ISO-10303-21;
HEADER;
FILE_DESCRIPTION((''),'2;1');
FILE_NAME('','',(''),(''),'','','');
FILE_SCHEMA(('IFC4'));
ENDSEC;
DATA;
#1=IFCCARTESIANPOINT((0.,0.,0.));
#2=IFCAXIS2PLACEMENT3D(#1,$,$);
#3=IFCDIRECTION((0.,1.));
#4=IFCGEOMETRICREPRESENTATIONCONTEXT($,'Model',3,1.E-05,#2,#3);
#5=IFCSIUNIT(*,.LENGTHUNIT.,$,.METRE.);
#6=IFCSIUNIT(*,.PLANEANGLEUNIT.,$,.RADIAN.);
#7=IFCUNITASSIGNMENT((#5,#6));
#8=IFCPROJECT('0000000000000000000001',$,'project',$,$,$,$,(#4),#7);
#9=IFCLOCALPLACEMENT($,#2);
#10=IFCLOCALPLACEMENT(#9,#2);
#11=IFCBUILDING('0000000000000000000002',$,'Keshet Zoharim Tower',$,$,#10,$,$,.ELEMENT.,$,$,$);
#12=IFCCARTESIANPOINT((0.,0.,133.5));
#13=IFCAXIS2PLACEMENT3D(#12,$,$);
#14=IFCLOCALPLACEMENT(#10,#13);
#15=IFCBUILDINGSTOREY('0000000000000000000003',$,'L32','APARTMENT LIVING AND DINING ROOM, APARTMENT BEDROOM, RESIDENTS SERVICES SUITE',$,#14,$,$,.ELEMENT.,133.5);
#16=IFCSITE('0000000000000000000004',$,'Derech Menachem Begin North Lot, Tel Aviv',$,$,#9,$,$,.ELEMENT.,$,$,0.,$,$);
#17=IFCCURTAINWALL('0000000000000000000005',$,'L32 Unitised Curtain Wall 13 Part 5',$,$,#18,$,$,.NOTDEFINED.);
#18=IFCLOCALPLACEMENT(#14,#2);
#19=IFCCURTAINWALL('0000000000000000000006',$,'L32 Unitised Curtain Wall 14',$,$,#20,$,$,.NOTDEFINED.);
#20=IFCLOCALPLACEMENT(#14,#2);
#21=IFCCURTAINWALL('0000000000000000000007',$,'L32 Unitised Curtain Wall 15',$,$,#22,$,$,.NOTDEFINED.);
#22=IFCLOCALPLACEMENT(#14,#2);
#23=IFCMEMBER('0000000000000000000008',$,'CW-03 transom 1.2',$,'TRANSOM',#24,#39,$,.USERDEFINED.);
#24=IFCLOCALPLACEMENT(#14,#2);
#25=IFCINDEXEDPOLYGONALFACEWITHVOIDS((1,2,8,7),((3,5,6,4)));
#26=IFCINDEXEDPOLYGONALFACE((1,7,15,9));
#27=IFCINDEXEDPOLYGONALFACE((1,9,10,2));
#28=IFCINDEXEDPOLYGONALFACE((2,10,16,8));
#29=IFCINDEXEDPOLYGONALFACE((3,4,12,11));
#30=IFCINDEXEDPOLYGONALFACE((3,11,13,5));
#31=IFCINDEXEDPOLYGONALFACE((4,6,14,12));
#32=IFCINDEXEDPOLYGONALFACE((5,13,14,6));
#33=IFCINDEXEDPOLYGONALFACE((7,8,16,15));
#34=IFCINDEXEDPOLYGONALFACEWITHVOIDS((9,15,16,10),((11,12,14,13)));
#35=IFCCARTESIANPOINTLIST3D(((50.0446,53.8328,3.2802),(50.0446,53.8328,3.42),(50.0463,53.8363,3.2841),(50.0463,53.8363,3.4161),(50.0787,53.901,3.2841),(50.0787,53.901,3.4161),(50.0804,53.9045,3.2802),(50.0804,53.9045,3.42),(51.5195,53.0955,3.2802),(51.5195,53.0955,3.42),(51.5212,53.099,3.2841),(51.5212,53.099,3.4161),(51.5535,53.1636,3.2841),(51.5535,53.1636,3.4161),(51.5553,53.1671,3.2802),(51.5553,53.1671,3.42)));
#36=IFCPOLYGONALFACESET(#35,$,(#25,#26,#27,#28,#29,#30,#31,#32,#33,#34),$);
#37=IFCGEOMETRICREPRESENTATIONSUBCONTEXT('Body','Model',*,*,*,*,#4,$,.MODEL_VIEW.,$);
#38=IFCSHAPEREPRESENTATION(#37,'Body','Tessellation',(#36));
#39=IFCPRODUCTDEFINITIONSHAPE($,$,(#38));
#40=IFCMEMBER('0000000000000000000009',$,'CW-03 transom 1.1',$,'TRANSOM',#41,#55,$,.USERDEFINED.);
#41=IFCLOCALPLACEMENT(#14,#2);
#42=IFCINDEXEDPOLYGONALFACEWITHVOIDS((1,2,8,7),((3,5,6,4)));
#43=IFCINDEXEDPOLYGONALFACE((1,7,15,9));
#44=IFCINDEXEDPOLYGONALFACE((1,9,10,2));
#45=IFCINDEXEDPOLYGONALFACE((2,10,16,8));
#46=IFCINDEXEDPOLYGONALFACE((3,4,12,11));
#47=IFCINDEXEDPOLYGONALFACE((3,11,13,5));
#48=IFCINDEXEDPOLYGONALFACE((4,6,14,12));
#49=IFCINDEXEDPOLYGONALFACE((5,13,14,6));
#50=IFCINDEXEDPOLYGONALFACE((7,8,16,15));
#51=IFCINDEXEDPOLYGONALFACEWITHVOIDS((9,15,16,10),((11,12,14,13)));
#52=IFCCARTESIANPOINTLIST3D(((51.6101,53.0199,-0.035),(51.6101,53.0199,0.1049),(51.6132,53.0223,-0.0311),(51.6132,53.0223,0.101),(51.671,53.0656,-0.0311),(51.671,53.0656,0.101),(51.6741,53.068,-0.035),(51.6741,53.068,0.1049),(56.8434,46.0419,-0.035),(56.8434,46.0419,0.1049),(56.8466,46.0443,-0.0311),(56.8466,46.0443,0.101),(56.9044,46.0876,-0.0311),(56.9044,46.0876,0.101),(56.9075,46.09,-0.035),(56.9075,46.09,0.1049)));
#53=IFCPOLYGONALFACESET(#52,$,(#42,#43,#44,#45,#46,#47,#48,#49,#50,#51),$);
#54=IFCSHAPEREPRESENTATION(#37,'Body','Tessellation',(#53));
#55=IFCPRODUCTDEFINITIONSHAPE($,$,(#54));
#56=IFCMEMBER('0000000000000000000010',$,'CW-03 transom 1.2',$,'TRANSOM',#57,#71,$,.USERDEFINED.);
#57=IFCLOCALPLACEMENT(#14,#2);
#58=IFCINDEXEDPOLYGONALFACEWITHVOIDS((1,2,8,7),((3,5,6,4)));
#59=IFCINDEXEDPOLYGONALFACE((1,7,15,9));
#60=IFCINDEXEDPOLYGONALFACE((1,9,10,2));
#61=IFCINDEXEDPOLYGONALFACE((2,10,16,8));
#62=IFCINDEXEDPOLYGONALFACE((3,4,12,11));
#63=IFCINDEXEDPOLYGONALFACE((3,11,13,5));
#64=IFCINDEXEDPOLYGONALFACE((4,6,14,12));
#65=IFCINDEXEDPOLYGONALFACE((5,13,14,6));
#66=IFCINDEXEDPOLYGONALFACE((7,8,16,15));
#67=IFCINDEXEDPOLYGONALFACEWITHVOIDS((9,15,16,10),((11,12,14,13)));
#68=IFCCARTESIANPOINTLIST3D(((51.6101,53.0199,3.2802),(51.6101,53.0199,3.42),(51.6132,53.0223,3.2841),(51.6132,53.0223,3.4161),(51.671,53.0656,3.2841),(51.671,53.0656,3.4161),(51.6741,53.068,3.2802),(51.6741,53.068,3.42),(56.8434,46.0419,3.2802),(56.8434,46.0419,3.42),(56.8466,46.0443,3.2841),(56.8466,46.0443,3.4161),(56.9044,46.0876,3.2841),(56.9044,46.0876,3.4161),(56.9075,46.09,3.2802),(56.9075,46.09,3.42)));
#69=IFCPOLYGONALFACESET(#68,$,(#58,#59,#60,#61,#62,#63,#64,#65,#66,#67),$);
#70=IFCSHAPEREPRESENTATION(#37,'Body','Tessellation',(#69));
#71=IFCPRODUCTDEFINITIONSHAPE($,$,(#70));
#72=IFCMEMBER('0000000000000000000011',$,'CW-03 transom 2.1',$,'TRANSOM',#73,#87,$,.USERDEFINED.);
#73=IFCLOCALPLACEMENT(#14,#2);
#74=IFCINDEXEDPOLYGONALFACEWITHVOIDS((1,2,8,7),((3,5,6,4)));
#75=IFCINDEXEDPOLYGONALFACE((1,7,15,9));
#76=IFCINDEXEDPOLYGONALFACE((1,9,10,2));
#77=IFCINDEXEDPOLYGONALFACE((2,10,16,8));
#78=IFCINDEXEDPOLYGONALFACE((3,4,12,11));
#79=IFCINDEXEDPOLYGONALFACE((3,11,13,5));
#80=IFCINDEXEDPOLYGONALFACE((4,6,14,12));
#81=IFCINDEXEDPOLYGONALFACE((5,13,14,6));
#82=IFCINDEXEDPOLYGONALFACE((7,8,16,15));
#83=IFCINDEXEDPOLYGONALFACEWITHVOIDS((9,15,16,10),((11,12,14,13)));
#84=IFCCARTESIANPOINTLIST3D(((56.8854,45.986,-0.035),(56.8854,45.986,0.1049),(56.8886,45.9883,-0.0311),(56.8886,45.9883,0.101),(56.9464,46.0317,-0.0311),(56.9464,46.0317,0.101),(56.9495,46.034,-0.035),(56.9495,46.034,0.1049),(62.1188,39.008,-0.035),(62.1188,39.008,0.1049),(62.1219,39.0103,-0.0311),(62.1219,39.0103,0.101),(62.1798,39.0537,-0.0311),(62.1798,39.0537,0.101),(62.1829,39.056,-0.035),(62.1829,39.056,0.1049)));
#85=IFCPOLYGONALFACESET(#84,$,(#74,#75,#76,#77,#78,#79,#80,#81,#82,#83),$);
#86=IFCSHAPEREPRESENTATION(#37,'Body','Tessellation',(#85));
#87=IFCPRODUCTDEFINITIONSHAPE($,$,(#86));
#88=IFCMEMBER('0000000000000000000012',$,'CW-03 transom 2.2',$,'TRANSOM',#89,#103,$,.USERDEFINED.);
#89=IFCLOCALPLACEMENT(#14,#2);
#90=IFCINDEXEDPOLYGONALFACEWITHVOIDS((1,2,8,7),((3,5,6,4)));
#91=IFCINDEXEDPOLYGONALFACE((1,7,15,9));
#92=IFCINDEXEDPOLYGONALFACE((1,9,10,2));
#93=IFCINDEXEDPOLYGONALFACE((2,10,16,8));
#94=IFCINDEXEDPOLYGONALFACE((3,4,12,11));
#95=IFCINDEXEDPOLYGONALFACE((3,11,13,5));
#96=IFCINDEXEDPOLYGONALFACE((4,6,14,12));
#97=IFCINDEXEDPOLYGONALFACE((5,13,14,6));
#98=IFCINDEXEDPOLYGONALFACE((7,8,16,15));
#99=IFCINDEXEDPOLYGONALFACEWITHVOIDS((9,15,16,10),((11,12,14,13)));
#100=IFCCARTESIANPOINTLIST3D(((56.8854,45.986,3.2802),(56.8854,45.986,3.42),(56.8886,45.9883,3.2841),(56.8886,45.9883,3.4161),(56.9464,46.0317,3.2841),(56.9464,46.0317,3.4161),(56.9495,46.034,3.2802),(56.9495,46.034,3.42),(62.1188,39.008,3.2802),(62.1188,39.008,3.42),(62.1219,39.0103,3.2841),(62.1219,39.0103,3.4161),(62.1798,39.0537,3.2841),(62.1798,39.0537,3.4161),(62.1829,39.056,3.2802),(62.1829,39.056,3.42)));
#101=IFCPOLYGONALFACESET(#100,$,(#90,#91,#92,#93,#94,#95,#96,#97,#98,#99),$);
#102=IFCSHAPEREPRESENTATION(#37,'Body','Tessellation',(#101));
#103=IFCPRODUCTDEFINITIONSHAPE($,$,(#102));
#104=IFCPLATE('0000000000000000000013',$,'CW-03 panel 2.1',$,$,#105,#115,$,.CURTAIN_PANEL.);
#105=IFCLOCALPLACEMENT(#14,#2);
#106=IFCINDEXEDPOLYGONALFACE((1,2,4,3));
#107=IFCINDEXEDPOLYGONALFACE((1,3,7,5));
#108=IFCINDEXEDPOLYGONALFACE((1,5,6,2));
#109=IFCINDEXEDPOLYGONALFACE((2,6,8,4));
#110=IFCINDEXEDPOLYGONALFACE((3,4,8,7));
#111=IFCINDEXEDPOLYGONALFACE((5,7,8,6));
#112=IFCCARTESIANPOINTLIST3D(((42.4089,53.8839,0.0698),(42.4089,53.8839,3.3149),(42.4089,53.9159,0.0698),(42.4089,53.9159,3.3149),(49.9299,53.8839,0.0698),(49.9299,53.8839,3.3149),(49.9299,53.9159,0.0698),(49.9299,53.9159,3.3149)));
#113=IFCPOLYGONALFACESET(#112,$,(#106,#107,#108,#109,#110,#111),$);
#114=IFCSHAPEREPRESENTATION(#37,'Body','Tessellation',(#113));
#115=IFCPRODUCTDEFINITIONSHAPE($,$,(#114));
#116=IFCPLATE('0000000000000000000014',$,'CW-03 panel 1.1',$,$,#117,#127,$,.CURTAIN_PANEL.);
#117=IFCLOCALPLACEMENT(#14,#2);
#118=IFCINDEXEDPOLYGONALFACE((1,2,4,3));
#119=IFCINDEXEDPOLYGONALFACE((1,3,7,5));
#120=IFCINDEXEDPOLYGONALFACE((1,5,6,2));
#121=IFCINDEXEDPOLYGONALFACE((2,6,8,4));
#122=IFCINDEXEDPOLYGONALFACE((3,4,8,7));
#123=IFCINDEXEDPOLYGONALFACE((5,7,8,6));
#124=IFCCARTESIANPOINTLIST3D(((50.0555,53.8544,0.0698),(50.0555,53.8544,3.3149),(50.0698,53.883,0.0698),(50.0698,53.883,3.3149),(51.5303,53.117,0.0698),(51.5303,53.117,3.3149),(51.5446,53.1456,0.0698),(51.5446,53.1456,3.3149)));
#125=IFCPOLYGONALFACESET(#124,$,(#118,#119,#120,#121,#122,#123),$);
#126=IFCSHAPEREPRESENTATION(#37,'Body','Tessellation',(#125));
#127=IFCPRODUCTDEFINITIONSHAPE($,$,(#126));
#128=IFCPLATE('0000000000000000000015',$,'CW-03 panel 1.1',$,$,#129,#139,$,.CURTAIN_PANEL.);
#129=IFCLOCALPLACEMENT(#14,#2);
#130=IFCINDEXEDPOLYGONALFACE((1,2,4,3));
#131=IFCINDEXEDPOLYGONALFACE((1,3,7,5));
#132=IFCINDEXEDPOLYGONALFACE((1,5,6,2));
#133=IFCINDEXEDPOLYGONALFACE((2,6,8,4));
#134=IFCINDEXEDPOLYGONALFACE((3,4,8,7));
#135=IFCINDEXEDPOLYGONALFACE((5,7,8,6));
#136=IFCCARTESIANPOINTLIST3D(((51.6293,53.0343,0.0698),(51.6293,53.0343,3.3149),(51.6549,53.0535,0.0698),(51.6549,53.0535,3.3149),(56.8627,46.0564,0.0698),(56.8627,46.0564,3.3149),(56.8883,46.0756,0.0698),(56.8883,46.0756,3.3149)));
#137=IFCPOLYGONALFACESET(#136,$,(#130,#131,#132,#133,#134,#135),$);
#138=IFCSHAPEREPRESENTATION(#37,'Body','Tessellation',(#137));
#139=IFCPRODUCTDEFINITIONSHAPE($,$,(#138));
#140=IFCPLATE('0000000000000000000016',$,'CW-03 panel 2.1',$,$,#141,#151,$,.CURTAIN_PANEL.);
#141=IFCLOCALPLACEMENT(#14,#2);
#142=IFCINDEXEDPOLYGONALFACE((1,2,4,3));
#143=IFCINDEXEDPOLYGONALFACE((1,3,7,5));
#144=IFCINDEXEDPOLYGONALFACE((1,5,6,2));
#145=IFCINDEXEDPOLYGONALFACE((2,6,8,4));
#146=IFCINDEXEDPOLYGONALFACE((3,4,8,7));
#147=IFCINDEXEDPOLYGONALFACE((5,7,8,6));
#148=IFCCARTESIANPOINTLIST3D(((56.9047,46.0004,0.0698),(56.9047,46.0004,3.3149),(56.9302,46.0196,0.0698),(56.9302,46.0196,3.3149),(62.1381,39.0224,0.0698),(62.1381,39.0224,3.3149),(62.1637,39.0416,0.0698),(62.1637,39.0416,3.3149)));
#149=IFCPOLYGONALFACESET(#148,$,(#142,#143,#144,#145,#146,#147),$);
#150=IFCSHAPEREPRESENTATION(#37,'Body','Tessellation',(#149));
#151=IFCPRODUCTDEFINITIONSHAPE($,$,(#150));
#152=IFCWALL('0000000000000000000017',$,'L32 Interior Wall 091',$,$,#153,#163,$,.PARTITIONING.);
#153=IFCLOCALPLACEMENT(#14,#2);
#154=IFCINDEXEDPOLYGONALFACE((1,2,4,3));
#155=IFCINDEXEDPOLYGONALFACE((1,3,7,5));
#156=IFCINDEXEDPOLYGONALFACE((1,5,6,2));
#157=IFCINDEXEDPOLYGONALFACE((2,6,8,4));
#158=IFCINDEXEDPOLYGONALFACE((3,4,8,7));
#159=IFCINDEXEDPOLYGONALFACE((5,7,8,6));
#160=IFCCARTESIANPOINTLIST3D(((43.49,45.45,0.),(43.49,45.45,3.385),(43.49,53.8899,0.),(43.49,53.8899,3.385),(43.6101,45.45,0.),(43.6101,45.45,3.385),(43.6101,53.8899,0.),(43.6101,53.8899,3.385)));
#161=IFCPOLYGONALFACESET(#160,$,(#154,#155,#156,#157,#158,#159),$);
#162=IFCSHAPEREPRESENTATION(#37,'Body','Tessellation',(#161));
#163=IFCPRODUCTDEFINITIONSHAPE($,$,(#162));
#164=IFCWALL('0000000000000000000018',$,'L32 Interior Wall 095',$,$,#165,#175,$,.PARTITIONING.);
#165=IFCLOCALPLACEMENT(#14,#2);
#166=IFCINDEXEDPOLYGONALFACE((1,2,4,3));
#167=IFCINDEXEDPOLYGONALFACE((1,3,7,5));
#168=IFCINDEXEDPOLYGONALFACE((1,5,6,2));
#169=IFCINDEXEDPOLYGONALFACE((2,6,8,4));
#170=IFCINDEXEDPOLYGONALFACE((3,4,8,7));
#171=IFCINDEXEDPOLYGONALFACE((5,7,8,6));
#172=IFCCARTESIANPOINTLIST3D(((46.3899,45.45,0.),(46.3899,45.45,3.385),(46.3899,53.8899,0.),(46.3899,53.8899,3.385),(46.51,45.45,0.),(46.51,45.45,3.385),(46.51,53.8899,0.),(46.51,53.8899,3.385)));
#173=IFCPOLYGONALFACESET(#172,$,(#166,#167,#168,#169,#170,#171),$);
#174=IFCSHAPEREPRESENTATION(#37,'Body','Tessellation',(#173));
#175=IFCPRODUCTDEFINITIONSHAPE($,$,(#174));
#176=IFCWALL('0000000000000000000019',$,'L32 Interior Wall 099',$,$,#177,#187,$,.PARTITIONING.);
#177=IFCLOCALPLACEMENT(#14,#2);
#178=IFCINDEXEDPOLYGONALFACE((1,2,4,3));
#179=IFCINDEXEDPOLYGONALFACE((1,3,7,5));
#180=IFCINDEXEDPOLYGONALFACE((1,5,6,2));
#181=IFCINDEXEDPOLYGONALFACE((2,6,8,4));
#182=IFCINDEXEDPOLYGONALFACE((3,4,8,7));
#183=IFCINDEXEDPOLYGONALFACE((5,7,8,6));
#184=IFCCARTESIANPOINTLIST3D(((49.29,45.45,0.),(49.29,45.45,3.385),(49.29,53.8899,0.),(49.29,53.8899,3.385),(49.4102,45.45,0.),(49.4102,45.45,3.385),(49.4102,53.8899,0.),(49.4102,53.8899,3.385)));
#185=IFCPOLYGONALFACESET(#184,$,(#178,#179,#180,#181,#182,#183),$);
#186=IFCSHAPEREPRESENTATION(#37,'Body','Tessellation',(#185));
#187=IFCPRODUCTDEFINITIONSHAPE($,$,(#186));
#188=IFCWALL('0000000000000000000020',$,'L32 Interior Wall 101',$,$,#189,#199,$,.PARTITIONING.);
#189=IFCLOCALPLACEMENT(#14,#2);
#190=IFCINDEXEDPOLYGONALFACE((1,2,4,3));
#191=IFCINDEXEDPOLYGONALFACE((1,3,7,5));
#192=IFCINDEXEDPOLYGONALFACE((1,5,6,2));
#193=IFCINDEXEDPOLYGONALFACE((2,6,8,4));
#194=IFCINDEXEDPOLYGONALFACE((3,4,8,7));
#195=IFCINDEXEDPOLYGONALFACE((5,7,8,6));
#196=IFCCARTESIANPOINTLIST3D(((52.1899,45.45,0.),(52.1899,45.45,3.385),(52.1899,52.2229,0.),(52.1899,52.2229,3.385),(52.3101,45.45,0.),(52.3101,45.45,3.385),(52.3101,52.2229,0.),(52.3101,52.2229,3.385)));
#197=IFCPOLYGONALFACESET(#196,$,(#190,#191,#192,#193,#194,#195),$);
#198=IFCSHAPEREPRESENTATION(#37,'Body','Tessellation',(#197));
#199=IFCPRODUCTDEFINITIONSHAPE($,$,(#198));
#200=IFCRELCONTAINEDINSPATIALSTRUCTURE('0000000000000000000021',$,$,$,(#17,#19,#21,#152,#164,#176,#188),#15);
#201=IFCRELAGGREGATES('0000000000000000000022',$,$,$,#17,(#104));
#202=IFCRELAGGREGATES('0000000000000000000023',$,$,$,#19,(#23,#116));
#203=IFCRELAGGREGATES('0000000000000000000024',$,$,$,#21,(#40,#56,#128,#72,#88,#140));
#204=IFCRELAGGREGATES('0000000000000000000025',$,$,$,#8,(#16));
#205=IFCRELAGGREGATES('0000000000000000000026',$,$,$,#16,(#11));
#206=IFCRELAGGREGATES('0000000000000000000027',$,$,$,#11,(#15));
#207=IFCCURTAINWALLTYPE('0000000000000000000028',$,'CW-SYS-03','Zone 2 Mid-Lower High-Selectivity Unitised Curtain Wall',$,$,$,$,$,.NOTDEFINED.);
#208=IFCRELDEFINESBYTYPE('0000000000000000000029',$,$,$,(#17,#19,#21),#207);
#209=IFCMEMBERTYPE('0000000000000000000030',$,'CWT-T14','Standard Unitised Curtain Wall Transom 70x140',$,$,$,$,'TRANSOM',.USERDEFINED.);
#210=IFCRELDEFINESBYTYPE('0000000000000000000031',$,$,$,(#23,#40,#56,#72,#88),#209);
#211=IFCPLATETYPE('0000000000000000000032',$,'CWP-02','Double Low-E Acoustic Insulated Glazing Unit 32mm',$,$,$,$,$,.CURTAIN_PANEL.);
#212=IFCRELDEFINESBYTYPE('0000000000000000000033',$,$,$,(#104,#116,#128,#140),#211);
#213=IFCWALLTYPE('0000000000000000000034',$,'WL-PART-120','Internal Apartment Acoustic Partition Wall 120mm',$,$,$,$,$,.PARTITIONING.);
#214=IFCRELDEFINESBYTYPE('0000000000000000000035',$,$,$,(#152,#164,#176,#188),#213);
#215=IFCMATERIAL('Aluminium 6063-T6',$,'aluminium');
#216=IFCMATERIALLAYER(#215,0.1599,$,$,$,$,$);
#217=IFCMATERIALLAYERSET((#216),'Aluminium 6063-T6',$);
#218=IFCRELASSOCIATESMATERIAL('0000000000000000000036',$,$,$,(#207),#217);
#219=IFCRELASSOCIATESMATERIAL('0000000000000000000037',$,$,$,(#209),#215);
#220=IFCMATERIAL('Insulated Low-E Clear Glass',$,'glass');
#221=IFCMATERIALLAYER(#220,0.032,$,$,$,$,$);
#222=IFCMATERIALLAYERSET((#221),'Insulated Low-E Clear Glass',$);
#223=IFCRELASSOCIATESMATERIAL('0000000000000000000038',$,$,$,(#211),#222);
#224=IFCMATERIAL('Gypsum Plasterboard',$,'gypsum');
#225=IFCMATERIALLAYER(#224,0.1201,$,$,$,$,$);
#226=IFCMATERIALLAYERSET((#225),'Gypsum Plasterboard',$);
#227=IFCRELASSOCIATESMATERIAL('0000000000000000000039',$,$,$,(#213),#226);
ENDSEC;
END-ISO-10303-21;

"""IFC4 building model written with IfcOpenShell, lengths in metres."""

from ifc_helpers import new_model, si_unit, direction, frame, frame_2d, origin, origin_2d, place, context, subcontext, project, spatial, rectangle, hollow_rectangle, extrude, material, layer, layer_set, material_profile, profile_set, type_object, element, aggregate, save


model = new_model("IFC4")

# Units and contexts
model_context = context("Model", 3, precision=1e-05, world=origin(), true_north=direction((0.0, 1.0)))
body_context = subcontext(model_context, "Body", "Model", "MODEL_VIEW")
ifc_project = project(units=[si_unit("LENGTHUNIT", "METRE"), si_unit("PLANEANGLEUNIT", "RADIAN")], contexts=[model_context])

# Site, building, storey
site_placement = place(None, origin())
site = spatial("IfcSite", under=ifc_project, at=site_placement, Name="Derech Menachem Begin North Lot, Tel Aviv", CompositionType="ELEMENT", RefElevation=0.0)
building_placement = place(site_placement, origin())
building = spatial("IfcBuilding", under=site, at=building_placement, Name="Keshet Zoharim Tower", CompositionType="ELEMENT")
storey_placement = place(building_placement, frame((0.0, 0.0, 133.5)))
storey = spatial("IfcBuildingStorey", under=building, at=storey_placement, Name="L32", Description="APARTMENT LIVING AND DINING ROOM, APARTMENT BEDROOM, RESIDENTS SERVICES SUITE", CompositionType="ELEMENT", Elevation=133.5)

# Curtain wall
ifc_material_1 = material(Name="Aluminium 6063-T6", Category="aluminium")
ifc_layer_1 = layer(ifc_material_1, 0.1599)
ifc_layer_set_1 = layer_set([ifc_layer_1], Name="Aluminium 6063-T6")
curtain_wall_type = type_object("IfcCurtainWallType", Name="CW-SYS-03", Description="Zone 2 Mid-Lower High-Selectivity Unitised Curtain Wall", PredefinedType="NOTDEFINED", material=ifc_layer_set_1)
curtain_wall_1_placement = place(storey_placement, origin())
curtain_wall_1 = element("IfcCurtainWall", 1, at=curtain_wall_1_placement, inside=storey, type_object=curtain_wall_type, Name="L32 Unitised Curtain Wall 13 Part 5", PredefinedType="NOTDEFINED")

# Curtain walls
curtain_wall_2_placement = place(storey_placement, origin())
curtain_wall_2 = element("IfcCurtainWall", 2, at=curtain_wall_2_placement, inside=storey, type_object=curtain_wall_type, Name="L32 Unitised Curtain Wall 14", PredefinedType="NOTDEFINED")
curtain_wall_3_placement = place(storey_placement, origin())
curtain_wall_3 = element("IfcCurtainWall", 3, at=curtain_wall_3_placement, inside=storey, type_object=curtain_wall_type, Name="L32 Unitised Curtain Wall 15", PredefinedType="NOTDEFINED")

# Members
ifc_material_profile_1 = material_profile(ifc_material_1, hollow_rectangle(XDim=0.0801, YDim=0.1399, WallThickness=0.0039, at=origin_2d()), Name="TRN-80x140")
ifc_profile_set_1 = profile_set([ifc_material_profile_1], Name="Aluminium 6063-T6")
member_type_1 = type_object("IfcMemberType", Name="CWT-T14", Description="Standard Unitised Curtain Wall Transom 70x140", ElementType="TRANSOM", PredefinedType="USERDEFINED", material=ifc_profile_set_1)
member_1_placement = place(storey_placement, frame((50.0625, 53.8687, 3.3501), z_axis=(0.894457, -0.447154, 0.0), x_axis=(0.447154, 0.894457, 0.0)))
member_1 = element("IfcMember", 4, at=member_1_placement, type_object=member_type_1, Name="CW-03 transom 1.2", ObjectType="TRANSOM", PredefinedType="USERDEFINED", context=body_context, shape_type="SweptSolid", body=[
    extrude(hollow_rectangle(XDim=0.0801, YDim=0.1399, WallThickness=0.0039, at=origin_2d()), origin(), (0.0, 0.0, 1.0), 1.6489),
])
member_2_placement = place(storey_placement, frame((51.6421, 53.0439, 0.0349), z_axis=(0.599991, -0.800007, 0.0), x_axis=(0.800007, 0.599991, 0.0)))
member_2 = element("IfcMember", 5, at=member_2_placement, type_object=member_type_1, Name="CW-03 transom 1.1", ObjectType="TRANSOM", PredefinedType="USERDEFINED", context=body_context, shape_type="SweptSolid", body=[
    extrude(hollow_rectangle(XDim=0.0801, YDim=0.1399, WallThickness=0.0039, at=origin_2d()), origin(), (0.0, 0.0, 1.0), 8.7224),
])
member_3_placement = place(storey_placement, frame((51.6421, 53.0439, 3.3501), z_axis=(0.599991, -0.800007, 0.0), x_axis=(0.800007, 0.599991, 0.0)))
member_3 = element("IfcMember", 6, at=member_3_placement, type_object=member_type_1, Name="CW-03 transom 1.2", ObjectType="TRANSOM", PredefinedType="USERDEFINED", context=body_context, shape_type="SweptSolid", body=[
    extrude(hollow_rectangle(XDim=0.0801, YDim=0.1399, WallThickness=0.0039, at=origin_2d()), origin(), (0.0, 0.0, 1.0), 8.7224),
])
member_4_placement = place(storey_placement, frame((56.9175, 46.01, 0.0349), z_axis=(0.599991, -0.800007, 0.0), x_axis=(0.800007, 0.599991, 0.0)))
member_4 = element("IfcMember", 7, at=member_4_placement, type_object=member_type_1, Name="CW-03 transom 2.1", ObjectType="TRANSOM", PredefinedType="USERDEFINED", context=body_context, shape_type="SweptSolid", body=[
    extrude(hollow_rectangle(XDim=0.0801, YDim=0.1399, WallThickness=0.0039, at=origin_2d()), origin(), (0.0, 0.0, 1.0), 8.7224),
])
member_5_placement = place(storey_placement, frame((56.9175, 46.01, 3.3501), z_axis=(0.599991, -0.800007, 0.0), x_axis=(0.800007, 0.599991, 0.0)))
member_5 = element("IfcMember", 8, at=member_5_placement, type_object=member_type_1, Name="CW-03 transom 2.2", ObjectType="TRANSOM", PredefinedType="USERDEFINED", context=body_context, shape_type="SweptSolid", body=[
    extrude(hollow_rectangle(XDim=0.0801, YDim=0.1399, WallThickness=0.0039, at=origin_2d()), origin(), (0.0, 0.0, 1.0), 8.7224),
])

# Plates
ifc_material_2 = material(Name="Insulated Low-E Clear Glass", Category="glass")
ifc_layer_2 = layer(ifc_material_2, 0.032)
ifc_layer_set_2 = layer_set([ifc_layer_2], Name="Insulated Low-E Clear Glass")
plate_type = type_object("IfcPlateType", Name="CWP-02", Description="Double Low-E Acoustic Insulated Glazing Unit 32mm", PredefinedType="CURTAIN_PANEL", material=ifc_layer_set_2)
plate_1_placement = place(storey_placement, frame((46.1694, 53.8999, 0.0698), z_axis=(0.0, 0.0, 1.0), x_axis=(1.0, 0.0, 0.0)))
plate_1 = element("IfcPlate", 9, at=plate_1_placement, type_object=plate_type, Name="CW-03 panel 2.1", PredefinedType="CURTAIN_PANEL", context=body_context, shape_type="SweptSolid", body=[
    extrude(rectangle(XDim=7.521, YDim=0.032, at=origin_2d()), origin(), (0.0, 0.0, 1.0), 3.2451),
])
aggregate(curtain_wall_1, [plate_1])
plate_2_placement = place(storey_placement, frame((50.8, 53.5, 0.0698), z_axis=(0.0, 0.0, 1.0), x_axis=(0.894427, -0.447214, 0.0)))
plate_2 = element("IfcPlate", 10, at=plate_2_placement, type_object=plate_type, Name="CW-03 panel 1.1", PredefinedType="CURTAIN_PANEL", context=body_context, shape_type="SweptSolid", body=[
    extrude(rectangle(XDim=1.6489, YDim=0.032, at=origin_2d()), origin(), (0.0, 0.0, 1.0), 3.2451),
])
aggregate(curtain_wall_2, [member_1, plate_2])
plate_3_placement = place(storey_placement, frame((54.2588, 49.5549, 0.0698), z_axis=(0.0, 0.0, 1.0), x_axis=(0.6, -0.8, 0.0)))
plate_3 = element("IfcPlate", 11, at=plate_3_placement, type_object=plate_type, Name="CW-03 panel 1.1", PredefinedType="CURTAIN_PANEL", context=body_context, shape_type="SweptSolid", body=[
    extrude(rectangle(XDim=8.7224, YDim=0.032, at=origin_2d()), origin(), (0.0, 0.0, 1.0), 3.2451),
])
plate_4_placement = place(storey_placement, frame((59.5342, 42.521, 0.0698), z_axis=(0.0, 0.0, 1.0), x_axis=(0.6, -0.8, 0.0)))
plate_4 = element("IfcPlate", 12, at=plate_4_placement, type_object=plate_type, Name="CW-03 panel 2.1", PredefinedType="CURTAIN_PANEL", context=body_context, shape_type="SweptSolid", body=[
    extrude(rectangle(XDim=8.7224, YDim=0.032, at=origin_2d()), origin(), (0.0, 0.0, 1.0), 3.2451),
])
aggregate(curtain_wall_3, [member_2, member_3, plate_3, member_4, member_5, plate_4])

# Walls
ifc_material_3 = material(Name="Gypsum Plasterboard", Category="gypsum")
ifc_layer_3 = layer(ifc_material_3, 0.1201)
ifc_layer_set_3 = layer_set([ifc_layer_3], Name="Gypsum Plasterboard")
wall_type_1 = type_object("IfcWallType", Name="WL-PART-120", Description="Internal Apartment Acoustic Partition Wall 120mm", PredefinedType="PARTITIONING", material=ifc_layer_set_3)
for number, where, z_axis, x_axis, name in (
    (13, (43.55, 45.45, 0.0), (0.0, 0.0, 1.0), (0.0, 1.0, 0.0), "L32 Interior Wall 091"),
    (14, (46.45, 45.45, 0.0), (0.0, 0.0, 1.0), (0.0, 1.0, 0.0), "L32 Interior Wall 095"),
    (15, (49.3501, 45.45, 0.0), (0.0, 0.0, 1.0), (0.0, 1.0, 0.0), "L32 Interior Wall 099"),
):
    element("IfcWall", number, at=place(storey_placement, frame(where, z_axis=z_axis, x_axis=x_axis)), inside=storey, type_object=wall_type_1, Name=name, PredefinedType="PARTITIONING", context=body_context, shape_type="SweptSolid", body=[
        extrude(rectangle(XDim=8.4399, YDim=0.1201, at=frame_2d((4.22, 0.0))), origin(), (0.0, 0.0, 1.0), 3.385),
    ])
wall_1_placement = place(storey_placement, frame((52.25, 45.45, 0.0), z_axis=(0.0, 0.0, 1.0), x_axis=(0.0, 1.0, 0.0)))
element("IfcWall", 16, at=wall_1_placement, inside=storey, type_object=wall_type_1, Name="L32 Interior Wall 101", PredefinedType="PARTITIONING", context=body_context, shape_type="SweptSolid", body=[
    extrude(rectangle(XDim=6.7729, YDim=0.1201, at=frame_2d((3.3865, 0.0))), origin(), (0.0, 0.0, 1.0), 3.385),
])

save(model, "model.ifc")
